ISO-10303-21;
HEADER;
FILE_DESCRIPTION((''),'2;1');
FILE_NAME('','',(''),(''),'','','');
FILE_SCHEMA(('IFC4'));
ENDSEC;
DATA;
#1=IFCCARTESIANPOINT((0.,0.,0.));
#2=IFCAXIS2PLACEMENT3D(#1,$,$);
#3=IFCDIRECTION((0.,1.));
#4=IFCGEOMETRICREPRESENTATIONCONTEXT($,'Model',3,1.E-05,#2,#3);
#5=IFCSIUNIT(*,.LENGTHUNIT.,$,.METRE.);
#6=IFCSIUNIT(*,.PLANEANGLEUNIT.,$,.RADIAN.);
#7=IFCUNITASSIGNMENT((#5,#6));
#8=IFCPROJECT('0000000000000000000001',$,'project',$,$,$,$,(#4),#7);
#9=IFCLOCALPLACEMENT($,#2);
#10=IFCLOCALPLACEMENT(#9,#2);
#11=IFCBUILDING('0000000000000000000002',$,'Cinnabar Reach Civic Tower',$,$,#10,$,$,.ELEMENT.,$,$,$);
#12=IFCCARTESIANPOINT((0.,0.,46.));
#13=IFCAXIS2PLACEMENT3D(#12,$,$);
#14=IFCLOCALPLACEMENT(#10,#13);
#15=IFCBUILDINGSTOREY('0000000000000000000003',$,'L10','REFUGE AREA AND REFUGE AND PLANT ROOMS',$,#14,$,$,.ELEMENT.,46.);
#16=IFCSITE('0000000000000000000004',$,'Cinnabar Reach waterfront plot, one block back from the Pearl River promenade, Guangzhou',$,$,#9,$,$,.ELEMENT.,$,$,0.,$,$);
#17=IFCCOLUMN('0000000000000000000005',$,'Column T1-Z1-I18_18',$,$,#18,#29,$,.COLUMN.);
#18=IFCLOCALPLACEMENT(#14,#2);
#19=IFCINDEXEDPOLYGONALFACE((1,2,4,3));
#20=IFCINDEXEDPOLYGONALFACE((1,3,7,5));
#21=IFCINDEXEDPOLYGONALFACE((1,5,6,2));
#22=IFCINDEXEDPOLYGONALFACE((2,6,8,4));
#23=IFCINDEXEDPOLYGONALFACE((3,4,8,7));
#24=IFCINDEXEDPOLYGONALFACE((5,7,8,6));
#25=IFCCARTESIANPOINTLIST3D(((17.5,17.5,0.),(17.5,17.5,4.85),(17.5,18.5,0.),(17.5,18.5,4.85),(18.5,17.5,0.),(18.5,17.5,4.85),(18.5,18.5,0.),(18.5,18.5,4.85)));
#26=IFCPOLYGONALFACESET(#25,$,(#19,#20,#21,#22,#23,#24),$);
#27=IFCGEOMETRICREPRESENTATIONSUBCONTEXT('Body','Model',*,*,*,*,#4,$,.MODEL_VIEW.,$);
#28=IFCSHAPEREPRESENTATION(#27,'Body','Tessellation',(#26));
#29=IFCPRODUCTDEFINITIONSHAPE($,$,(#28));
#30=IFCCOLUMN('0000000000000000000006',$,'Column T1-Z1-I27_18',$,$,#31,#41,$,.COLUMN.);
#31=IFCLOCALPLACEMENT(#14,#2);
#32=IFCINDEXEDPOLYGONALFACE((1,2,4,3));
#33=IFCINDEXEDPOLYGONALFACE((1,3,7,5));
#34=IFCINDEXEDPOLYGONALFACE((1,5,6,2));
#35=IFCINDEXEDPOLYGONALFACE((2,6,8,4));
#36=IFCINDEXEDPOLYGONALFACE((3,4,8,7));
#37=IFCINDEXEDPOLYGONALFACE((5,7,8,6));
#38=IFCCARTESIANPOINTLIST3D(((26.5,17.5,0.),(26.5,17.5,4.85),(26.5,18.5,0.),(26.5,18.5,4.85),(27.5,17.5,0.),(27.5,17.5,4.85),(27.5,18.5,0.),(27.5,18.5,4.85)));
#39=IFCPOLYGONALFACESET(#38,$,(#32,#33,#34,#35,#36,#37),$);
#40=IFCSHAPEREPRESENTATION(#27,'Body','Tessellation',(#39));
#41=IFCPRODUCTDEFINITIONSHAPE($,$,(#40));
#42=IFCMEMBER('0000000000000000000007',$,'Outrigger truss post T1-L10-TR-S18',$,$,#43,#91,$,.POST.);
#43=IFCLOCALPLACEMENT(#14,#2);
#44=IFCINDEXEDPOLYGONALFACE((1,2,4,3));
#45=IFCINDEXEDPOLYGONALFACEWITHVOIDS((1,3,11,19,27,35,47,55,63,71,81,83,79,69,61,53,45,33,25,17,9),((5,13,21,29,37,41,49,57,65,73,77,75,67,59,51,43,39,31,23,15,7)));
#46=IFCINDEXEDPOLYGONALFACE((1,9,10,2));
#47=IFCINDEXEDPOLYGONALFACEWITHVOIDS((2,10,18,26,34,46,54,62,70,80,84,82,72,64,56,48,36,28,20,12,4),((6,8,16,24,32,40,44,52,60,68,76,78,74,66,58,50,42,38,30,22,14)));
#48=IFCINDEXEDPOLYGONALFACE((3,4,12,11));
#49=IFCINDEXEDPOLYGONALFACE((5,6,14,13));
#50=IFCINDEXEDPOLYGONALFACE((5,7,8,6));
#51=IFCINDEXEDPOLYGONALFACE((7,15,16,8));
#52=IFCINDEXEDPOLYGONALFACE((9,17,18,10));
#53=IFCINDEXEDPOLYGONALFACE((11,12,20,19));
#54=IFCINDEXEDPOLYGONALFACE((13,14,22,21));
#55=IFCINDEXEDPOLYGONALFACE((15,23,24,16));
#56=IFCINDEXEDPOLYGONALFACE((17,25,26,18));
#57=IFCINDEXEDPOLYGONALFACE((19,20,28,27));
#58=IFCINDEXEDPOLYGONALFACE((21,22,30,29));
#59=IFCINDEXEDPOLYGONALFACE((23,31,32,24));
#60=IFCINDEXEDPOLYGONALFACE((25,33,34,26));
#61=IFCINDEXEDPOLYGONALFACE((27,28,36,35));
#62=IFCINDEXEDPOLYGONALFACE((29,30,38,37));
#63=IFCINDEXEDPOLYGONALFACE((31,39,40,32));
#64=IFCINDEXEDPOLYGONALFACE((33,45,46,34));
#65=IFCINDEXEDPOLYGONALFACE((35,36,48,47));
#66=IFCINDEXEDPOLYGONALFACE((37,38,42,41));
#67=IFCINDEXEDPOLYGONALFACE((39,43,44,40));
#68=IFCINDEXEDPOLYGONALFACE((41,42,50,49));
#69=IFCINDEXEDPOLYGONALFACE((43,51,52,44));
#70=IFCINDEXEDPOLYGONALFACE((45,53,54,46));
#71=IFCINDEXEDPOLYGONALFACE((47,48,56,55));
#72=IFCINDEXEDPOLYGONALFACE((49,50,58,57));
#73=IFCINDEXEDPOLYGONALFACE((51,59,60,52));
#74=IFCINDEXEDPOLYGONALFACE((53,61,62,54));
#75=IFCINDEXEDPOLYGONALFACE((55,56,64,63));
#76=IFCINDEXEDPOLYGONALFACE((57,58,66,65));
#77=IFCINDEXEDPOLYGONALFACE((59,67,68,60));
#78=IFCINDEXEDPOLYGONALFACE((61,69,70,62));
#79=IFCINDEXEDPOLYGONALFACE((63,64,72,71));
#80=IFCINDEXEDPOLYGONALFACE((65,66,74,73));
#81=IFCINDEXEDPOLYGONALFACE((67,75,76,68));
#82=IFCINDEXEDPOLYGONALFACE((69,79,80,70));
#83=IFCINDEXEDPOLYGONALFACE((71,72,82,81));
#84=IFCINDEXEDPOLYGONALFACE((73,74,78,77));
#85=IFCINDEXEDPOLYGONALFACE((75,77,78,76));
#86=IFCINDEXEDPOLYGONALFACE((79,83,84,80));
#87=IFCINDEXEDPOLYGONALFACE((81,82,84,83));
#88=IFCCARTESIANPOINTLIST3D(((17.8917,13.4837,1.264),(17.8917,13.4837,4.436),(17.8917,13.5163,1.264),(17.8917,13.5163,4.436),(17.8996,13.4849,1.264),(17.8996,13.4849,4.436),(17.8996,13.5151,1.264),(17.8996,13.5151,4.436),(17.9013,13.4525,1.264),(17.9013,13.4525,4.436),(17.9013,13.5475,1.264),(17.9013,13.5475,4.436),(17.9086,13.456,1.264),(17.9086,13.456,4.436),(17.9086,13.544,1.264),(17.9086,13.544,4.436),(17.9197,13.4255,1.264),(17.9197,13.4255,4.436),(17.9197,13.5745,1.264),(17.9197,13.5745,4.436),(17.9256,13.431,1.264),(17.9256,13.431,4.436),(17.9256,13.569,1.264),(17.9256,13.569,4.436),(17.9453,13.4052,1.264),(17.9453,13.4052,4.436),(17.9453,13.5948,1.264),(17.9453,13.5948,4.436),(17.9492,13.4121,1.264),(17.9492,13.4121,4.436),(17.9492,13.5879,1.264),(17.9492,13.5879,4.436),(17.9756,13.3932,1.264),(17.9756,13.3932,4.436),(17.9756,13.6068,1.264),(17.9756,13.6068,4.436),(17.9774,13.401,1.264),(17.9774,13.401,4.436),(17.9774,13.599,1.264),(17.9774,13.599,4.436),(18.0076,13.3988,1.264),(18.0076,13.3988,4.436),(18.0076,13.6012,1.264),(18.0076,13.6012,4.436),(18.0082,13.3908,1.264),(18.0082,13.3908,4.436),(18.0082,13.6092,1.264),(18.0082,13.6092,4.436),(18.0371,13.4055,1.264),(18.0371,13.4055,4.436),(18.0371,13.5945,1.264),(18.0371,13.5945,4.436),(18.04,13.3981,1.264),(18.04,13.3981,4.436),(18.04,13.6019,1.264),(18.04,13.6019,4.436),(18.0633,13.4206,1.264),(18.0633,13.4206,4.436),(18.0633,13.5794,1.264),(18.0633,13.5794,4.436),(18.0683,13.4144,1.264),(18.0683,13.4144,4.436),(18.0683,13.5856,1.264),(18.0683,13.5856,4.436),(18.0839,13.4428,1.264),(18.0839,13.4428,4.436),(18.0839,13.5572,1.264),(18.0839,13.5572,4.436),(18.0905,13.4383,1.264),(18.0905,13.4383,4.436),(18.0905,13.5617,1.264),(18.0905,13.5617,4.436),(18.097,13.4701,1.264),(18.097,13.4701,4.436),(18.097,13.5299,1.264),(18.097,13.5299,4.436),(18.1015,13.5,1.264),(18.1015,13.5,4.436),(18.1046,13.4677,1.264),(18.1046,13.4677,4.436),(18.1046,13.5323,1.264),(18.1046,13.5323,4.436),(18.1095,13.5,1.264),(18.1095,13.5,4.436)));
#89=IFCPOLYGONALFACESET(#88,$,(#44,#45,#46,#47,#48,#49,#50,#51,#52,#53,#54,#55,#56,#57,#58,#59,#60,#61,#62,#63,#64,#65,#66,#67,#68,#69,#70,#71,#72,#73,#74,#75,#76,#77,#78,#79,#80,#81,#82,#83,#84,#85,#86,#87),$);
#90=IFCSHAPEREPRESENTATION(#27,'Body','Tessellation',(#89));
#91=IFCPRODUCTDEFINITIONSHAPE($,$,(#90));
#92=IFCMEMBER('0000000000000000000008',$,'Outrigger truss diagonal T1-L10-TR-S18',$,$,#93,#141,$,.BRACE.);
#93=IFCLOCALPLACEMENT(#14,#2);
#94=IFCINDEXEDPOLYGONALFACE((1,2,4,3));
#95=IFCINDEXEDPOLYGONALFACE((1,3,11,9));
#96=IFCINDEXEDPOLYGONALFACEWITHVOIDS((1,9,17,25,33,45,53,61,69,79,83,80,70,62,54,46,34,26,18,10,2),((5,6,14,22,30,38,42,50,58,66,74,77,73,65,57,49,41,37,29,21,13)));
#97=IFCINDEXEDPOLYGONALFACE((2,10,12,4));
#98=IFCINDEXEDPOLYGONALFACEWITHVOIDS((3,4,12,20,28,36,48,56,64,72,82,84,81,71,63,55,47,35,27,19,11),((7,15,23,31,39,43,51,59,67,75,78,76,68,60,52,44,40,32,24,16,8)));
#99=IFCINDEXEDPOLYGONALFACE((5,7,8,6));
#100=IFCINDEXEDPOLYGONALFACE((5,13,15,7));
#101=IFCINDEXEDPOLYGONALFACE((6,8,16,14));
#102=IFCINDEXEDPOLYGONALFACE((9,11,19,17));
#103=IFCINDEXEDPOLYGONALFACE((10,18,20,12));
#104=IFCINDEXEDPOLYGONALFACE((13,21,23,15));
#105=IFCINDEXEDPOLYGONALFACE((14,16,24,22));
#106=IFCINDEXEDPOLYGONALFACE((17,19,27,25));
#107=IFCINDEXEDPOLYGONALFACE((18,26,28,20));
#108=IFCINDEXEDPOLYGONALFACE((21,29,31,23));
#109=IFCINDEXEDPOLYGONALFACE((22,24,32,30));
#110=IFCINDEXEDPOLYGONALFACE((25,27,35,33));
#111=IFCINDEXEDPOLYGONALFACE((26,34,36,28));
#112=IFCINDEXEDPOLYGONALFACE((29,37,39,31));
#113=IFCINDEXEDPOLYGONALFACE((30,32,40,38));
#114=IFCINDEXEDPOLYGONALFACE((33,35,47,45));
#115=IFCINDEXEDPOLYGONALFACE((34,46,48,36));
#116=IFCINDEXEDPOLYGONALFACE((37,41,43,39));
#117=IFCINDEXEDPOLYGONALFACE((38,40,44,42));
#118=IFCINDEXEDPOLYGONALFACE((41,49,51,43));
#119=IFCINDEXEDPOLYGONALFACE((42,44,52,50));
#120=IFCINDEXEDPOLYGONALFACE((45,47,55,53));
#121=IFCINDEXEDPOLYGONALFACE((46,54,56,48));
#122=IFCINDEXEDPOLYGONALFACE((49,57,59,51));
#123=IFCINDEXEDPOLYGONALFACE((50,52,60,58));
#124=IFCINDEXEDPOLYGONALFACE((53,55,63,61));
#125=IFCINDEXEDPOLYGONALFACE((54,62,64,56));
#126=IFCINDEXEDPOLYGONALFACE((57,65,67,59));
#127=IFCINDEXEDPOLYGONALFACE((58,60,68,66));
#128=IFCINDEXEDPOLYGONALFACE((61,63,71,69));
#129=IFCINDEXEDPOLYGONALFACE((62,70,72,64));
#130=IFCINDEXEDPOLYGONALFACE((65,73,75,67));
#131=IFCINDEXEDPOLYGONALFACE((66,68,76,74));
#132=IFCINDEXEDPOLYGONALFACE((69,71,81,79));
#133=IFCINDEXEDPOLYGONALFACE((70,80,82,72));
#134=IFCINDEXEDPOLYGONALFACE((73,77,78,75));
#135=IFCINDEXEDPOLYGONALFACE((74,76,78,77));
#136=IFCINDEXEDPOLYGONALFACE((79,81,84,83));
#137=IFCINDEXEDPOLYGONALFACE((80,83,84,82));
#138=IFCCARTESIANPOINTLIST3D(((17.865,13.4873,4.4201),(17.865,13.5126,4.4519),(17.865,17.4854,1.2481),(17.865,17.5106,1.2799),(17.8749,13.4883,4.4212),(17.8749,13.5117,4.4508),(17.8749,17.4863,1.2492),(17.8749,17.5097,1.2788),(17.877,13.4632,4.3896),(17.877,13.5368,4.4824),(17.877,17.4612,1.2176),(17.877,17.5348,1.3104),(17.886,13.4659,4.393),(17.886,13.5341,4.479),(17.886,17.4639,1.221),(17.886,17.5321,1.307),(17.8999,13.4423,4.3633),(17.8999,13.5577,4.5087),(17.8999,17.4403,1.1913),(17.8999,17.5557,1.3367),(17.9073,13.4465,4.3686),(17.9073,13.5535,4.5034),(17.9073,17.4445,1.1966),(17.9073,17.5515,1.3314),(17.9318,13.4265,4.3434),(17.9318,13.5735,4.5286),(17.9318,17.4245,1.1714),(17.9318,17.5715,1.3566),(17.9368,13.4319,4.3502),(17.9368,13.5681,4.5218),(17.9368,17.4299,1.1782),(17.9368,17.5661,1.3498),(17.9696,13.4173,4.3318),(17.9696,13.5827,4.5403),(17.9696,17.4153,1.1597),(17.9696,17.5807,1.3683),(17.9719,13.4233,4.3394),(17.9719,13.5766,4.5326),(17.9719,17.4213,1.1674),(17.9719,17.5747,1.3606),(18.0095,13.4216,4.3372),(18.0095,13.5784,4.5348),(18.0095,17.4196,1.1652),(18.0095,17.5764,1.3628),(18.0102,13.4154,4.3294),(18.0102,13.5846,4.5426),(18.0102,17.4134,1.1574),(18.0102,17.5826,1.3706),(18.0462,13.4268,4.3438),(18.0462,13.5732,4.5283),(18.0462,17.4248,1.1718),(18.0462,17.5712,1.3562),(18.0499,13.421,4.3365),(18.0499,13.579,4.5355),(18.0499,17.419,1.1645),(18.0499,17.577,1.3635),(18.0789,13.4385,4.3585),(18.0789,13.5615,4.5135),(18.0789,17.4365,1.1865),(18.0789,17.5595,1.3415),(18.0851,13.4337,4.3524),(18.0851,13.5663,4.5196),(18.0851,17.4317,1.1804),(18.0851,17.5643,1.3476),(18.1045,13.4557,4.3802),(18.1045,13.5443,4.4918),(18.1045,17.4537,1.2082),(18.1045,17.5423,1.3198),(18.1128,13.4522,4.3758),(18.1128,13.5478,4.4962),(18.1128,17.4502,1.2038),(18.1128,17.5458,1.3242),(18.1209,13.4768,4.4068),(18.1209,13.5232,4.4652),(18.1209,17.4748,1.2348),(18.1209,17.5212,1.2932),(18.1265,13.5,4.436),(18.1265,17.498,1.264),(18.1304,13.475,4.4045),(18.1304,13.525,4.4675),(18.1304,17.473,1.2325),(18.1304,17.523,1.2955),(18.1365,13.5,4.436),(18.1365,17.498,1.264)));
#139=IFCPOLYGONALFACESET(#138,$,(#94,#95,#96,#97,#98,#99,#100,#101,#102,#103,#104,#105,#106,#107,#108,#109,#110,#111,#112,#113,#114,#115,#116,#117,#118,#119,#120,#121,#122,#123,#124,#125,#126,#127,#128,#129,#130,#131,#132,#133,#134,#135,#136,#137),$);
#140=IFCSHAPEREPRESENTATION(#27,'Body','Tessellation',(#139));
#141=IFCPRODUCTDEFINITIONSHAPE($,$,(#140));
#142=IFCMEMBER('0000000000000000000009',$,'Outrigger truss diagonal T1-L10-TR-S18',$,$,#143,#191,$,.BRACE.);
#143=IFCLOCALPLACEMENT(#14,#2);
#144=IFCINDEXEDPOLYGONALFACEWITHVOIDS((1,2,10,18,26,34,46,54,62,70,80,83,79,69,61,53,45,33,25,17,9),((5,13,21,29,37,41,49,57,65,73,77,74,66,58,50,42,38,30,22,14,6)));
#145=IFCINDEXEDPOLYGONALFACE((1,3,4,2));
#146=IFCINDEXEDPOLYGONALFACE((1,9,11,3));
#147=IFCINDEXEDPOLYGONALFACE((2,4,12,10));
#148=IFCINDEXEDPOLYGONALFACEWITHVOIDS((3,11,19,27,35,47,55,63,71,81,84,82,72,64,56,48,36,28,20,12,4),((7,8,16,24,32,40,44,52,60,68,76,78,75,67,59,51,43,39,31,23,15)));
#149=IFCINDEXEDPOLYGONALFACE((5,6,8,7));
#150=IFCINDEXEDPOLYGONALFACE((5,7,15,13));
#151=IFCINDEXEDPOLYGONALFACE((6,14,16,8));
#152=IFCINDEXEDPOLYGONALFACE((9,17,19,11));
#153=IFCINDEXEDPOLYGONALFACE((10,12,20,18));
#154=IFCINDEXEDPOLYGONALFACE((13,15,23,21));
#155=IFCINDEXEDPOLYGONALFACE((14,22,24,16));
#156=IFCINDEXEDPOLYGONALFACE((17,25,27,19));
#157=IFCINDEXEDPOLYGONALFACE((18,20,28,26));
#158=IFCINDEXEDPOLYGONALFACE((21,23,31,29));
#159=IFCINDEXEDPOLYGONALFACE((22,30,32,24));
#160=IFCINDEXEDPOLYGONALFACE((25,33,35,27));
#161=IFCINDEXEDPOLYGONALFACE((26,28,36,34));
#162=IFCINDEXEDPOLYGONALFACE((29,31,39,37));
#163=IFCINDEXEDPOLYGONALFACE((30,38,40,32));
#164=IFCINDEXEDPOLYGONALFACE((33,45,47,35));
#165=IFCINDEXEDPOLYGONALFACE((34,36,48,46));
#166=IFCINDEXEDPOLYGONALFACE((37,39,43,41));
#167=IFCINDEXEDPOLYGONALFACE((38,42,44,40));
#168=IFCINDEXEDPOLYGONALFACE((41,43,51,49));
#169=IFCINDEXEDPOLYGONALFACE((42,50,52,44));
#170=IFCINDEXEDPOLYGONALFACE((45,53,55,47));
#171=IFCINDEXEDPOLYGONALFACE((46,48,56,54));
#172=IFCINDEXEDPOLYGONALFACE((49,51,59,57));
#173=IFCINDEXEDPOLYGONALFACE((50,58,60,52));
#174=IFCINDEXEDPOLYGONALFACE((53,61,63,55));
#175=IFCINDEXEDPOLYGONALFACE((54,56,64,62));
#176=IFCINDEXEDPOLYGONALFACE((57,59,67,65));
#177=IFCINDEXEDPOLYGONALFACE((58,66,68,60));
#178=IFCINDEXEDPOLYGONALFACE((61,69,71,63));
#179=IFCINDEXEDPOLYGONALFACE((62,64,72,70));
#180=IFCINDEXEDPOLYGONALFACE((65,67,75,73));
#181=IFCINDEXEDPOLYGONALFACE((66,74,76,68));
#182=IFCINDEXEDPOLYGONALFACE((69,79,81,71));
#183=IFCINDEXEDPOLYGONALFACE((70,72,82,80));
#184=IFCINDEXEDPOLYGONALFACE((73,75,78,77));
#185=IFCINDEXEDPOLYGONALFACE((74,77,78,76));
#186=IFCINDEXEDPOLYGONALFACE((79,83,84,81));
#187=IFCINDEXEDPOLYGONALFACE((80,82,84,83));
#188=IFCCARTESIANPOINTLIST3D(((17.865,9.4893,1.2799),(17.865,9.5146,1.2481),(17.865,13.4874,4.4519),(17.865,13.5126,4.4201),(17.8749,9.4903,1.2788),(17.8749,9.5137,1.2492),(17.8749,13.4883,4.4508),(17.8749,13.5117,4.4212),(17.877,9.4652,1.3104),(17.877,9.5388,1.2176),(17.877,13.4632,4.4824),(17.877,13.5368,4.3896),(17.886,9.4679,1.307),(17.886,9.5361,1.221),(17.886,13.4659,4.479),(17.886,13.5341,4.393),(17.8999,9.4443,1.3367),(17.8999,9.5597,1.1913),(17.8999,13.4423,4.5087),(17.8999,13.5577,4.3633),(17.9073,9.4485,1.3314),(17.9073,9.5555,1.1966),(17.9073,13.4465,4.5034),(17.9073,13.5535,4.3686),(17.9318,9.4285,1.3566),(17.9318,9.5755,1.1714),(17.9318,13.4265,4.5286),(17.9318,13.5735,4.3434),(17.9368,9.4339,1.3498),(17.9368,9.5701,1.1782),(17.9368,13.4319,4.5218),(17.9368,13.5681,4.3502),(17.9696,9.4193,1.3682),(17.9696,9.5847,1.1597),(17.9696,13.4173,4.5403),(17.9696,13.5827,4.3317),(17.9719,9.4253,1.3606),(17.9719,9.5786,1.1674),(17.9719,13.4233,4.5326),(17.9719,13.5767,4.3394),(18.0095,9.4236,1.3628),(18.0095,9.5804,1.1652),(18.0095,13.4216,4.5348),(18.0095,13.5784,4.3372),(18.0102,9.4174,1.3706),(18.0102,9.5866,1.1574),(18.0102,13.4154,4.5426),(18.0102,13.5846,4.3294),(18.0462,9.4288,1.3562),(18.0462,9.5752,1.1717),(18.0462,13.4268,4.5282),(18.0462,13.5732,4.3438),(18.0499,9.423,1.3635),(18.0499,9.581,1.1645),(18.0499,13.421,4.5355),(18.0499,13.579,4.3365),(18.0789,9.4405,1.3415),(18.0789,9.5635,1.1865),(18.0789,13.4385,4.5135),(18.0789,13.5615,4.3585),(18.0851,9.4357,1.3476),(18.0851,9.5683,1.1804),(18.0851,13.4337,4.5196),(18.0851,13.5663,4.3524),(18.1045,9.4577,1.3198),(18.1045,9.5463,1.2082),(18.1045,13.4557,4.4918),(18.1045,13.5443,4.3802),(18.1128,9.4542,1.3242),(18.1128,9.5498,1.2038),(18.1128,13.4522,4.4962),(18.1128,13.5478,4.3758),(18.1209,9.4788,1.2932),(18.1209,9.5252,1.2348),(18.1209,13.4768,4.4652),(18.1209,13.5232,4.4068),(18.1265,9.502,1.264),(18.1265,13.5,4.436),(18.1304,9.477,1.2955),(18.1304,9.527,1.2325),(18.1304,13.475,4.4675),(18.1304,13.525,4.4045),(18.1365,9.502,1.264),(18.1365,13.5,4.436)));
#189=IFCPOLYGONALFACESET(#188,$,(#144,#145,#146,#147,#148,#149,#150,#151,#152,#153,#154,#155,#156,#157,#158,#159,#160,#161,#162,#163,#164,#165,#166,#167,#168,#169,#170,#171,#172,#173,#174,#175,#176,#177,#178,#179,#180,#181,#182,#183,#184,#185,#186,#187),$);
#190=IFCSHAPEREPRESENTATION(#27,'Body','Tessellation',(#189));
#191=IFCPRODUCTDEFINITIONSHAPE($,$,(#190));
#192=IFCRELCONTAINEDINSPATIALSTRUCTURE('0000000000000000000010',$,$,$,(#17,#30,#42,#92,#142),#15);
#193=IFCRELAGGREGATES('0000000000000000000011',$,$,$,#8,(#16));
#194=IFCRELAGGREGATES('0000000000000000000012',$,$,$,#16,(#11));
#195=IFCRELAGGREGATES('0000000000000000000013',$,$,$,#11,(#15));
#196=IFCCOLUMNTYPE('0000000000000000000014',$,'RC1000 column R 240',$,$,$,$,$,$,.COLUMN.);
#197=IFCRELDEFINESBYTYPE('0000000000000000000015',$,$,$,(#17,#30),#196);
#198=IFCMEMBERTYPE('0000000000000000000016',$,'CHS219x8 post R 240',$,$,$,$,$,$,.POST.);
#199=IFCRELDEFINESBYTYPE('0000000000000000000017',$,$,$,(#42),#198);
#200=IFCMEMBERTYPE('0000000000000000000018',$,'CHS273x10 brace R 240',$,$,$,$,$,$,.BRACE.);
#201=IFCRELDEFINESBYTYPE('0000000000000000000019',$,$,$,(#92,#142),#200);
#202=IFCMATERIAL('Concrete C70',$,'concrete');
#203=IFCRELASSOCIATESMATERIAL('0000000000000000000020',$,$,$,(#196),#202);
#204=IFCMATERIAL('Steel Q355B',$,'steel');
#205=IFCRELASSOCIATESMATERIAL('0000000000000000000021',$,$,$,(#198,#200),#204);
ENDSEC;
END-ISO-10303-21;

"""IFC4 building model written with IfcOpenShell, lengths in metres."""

from ifc_helpers import new_model, si_unit, direction, frame, origin, origin_2d, place, context, subcontext, project, spatial, rectangle, hollow_circle, extrude, material, material_profile, profile_set, type_object, element, save


model = new_model("IFC4")

# Units and contexts
model_context = context("Model", 3, precision=1e-05, world=origin(), true_north=direction((0.0, 1.0)))
body_context = subcontext(model_context, "Body", "Model", "MODEL_VIEW")
ifc_project = project(units=[si_unit("LENGTHUNIT", "METRE"), si_unit("PLANEANGLEUNIT", "RADIAN")], contexts=[model_context])

# Site, building, storey
site_placement = place(None, origin())
site = spatial("IfcSite", under=ifc_project, at=site_placement, Name="Cinnabar Reach waterfront plot, one block back from the Pearl River promenade, Guangzhou", CompositionType="ELEMENT", RefElevation=0.0)
building_placement = place(site_placement, origin())
building = spatial("IfcBuilding", under=site, at=building_placement, Name="Cinnabar Reach Civic Tower", CompositionType="ELEMENT")
storey_placement = place(building_placement, frame((0.0, 0.0, 46.0)))
storey = spatial("IfcBuildingStorey", under=building, at=storey_placement, Name="L10", Description="REFUGE AREA AND REFUGE AND PLANT ROOMS", CompositionType="ELEMENT", Elevation=46.0)

# Columns
ifc_material_1 = material(Name="Concrete C70", Category="concrete")
ifc_material_profile_1 = material_profile(ifc_material_1, rectangle(XDim=1.0, YDim=1.0, at=origin_2d()), Name="RC1000")
ifc_profile_set_1 = profile_set([ifc_material_profile_1], Name="Concrete C70")
column_type = type_object("IfcColumnType", Name="RC1000 column R 240", PredefinedType="COLUMN", material=ifc_profile_set_1)
for number, where, z_axis, x_axis, name in (
    (1, (18.0, 18.0, 0.0), (0.0, 0.0, 1.0), (1.0, 0.0, 0.0), "Column T1-Z1-I18_18"),
    (2, (27.0, 18.0, 0.0), (0.0, 0.0, 1.0), (1.0, 0.0, 0.0), "Column T1-Z1-I27_18"),
):
    element("IfcColumn", number, at=place(storey_placement, frame(where, z_axis=z_axis, x_axis=x_axis)), inside=storey, type_object=column_type, Name=name, PredefinedType="COLUMN", context=body_context, shape_type="SweptSolid", body=[
        extrude(rectangle(XDim=1.0, YDim=1.0, at=origin_2d()), origin(), (0.0, 0.0, 1.0), 4.85),
    ])

# Members
ifc_material_2 = material(Name="Steel Q355B", Category="steel")
ifc_material_profile_2 = material_profile(ifc_material_2, hollow_circle(Radius=0.1095, WallThickness=0.008, at=origin_2d()), Name="CHS219x8")
ifc_profile_set_2 = profile_set([ifc_material_profile_2], Name="Steel Q355B")
member_type_1 = type_object("IfcMemberType", Name="CHS219x8 post R 240", PredefinedType="POST", material=ifc_profile_set_2)
member_placement = place(storey_placement, frame((18.0, 13.5, 1.264), z_axis=(0.0, 0.0, 1.0), x_axis=(1.0, 0.0, 0.0)))
element("IfcMember", 3, at=member_placement, inside=storey, type_object=member_type_1, Name="Outrigger truss post T1-L10-TR-S18", PredefinedType="POST", context=body_context, shape_type="SweptSolid", body=[
    extrude(hollow_circle(Radius=0.1095, WallThickness=0.008, at=origin_2d()), origin(), (0.0, 0.0, 1.0), 3.172),
])
ifc_material_profile_3 = material_profile(ifc_material_2, hollow_circle(Radius=0.1365, WallThickness=0.01, at=origin_2d()), Name="CHS273x10")
ifc_profile_set_3 = profile_set([ifc_material_profile_3], Name="Steel Q355B")
member_type_2 = type_object("IfcMemberType", Name="CHS273x10 brace R 240", PredefinedType="BRACE", material=ifc_profile_set_3)
for number, where, z_axis, x_axis, name in (
    (4, (18.0, 17.498, 1.264), (0.0, -0.783386, 0.621536), (1.0, 0.0, 0.0), "Outrigger truss diagonal T1-L10-TR-S18"),
    (5, (18.0, 13.5, 4.436), (0.0, -0.783386, -0.621536), (1.0, 0.0, 0.0), "Outrigger truss diagonal T1-L10-TR-S18"),
):
    element("IfcMember", number, at=place(storey_placement, frame(where, z_axis=z_axis, x_axis=x_axis)), inside=storey, type_object=member_type_2, Name=name, PredefinedType="BRACE", context=body_context, shape_type="SweptSolid", body=[
        extrude(hollow_circle(Radius=0.1365, WallThickness=0.01, at=origin_2d()), origin(), (0.0, 0.0, 1.0), 5.1035),
    ])

save(model, "model.ifc")
